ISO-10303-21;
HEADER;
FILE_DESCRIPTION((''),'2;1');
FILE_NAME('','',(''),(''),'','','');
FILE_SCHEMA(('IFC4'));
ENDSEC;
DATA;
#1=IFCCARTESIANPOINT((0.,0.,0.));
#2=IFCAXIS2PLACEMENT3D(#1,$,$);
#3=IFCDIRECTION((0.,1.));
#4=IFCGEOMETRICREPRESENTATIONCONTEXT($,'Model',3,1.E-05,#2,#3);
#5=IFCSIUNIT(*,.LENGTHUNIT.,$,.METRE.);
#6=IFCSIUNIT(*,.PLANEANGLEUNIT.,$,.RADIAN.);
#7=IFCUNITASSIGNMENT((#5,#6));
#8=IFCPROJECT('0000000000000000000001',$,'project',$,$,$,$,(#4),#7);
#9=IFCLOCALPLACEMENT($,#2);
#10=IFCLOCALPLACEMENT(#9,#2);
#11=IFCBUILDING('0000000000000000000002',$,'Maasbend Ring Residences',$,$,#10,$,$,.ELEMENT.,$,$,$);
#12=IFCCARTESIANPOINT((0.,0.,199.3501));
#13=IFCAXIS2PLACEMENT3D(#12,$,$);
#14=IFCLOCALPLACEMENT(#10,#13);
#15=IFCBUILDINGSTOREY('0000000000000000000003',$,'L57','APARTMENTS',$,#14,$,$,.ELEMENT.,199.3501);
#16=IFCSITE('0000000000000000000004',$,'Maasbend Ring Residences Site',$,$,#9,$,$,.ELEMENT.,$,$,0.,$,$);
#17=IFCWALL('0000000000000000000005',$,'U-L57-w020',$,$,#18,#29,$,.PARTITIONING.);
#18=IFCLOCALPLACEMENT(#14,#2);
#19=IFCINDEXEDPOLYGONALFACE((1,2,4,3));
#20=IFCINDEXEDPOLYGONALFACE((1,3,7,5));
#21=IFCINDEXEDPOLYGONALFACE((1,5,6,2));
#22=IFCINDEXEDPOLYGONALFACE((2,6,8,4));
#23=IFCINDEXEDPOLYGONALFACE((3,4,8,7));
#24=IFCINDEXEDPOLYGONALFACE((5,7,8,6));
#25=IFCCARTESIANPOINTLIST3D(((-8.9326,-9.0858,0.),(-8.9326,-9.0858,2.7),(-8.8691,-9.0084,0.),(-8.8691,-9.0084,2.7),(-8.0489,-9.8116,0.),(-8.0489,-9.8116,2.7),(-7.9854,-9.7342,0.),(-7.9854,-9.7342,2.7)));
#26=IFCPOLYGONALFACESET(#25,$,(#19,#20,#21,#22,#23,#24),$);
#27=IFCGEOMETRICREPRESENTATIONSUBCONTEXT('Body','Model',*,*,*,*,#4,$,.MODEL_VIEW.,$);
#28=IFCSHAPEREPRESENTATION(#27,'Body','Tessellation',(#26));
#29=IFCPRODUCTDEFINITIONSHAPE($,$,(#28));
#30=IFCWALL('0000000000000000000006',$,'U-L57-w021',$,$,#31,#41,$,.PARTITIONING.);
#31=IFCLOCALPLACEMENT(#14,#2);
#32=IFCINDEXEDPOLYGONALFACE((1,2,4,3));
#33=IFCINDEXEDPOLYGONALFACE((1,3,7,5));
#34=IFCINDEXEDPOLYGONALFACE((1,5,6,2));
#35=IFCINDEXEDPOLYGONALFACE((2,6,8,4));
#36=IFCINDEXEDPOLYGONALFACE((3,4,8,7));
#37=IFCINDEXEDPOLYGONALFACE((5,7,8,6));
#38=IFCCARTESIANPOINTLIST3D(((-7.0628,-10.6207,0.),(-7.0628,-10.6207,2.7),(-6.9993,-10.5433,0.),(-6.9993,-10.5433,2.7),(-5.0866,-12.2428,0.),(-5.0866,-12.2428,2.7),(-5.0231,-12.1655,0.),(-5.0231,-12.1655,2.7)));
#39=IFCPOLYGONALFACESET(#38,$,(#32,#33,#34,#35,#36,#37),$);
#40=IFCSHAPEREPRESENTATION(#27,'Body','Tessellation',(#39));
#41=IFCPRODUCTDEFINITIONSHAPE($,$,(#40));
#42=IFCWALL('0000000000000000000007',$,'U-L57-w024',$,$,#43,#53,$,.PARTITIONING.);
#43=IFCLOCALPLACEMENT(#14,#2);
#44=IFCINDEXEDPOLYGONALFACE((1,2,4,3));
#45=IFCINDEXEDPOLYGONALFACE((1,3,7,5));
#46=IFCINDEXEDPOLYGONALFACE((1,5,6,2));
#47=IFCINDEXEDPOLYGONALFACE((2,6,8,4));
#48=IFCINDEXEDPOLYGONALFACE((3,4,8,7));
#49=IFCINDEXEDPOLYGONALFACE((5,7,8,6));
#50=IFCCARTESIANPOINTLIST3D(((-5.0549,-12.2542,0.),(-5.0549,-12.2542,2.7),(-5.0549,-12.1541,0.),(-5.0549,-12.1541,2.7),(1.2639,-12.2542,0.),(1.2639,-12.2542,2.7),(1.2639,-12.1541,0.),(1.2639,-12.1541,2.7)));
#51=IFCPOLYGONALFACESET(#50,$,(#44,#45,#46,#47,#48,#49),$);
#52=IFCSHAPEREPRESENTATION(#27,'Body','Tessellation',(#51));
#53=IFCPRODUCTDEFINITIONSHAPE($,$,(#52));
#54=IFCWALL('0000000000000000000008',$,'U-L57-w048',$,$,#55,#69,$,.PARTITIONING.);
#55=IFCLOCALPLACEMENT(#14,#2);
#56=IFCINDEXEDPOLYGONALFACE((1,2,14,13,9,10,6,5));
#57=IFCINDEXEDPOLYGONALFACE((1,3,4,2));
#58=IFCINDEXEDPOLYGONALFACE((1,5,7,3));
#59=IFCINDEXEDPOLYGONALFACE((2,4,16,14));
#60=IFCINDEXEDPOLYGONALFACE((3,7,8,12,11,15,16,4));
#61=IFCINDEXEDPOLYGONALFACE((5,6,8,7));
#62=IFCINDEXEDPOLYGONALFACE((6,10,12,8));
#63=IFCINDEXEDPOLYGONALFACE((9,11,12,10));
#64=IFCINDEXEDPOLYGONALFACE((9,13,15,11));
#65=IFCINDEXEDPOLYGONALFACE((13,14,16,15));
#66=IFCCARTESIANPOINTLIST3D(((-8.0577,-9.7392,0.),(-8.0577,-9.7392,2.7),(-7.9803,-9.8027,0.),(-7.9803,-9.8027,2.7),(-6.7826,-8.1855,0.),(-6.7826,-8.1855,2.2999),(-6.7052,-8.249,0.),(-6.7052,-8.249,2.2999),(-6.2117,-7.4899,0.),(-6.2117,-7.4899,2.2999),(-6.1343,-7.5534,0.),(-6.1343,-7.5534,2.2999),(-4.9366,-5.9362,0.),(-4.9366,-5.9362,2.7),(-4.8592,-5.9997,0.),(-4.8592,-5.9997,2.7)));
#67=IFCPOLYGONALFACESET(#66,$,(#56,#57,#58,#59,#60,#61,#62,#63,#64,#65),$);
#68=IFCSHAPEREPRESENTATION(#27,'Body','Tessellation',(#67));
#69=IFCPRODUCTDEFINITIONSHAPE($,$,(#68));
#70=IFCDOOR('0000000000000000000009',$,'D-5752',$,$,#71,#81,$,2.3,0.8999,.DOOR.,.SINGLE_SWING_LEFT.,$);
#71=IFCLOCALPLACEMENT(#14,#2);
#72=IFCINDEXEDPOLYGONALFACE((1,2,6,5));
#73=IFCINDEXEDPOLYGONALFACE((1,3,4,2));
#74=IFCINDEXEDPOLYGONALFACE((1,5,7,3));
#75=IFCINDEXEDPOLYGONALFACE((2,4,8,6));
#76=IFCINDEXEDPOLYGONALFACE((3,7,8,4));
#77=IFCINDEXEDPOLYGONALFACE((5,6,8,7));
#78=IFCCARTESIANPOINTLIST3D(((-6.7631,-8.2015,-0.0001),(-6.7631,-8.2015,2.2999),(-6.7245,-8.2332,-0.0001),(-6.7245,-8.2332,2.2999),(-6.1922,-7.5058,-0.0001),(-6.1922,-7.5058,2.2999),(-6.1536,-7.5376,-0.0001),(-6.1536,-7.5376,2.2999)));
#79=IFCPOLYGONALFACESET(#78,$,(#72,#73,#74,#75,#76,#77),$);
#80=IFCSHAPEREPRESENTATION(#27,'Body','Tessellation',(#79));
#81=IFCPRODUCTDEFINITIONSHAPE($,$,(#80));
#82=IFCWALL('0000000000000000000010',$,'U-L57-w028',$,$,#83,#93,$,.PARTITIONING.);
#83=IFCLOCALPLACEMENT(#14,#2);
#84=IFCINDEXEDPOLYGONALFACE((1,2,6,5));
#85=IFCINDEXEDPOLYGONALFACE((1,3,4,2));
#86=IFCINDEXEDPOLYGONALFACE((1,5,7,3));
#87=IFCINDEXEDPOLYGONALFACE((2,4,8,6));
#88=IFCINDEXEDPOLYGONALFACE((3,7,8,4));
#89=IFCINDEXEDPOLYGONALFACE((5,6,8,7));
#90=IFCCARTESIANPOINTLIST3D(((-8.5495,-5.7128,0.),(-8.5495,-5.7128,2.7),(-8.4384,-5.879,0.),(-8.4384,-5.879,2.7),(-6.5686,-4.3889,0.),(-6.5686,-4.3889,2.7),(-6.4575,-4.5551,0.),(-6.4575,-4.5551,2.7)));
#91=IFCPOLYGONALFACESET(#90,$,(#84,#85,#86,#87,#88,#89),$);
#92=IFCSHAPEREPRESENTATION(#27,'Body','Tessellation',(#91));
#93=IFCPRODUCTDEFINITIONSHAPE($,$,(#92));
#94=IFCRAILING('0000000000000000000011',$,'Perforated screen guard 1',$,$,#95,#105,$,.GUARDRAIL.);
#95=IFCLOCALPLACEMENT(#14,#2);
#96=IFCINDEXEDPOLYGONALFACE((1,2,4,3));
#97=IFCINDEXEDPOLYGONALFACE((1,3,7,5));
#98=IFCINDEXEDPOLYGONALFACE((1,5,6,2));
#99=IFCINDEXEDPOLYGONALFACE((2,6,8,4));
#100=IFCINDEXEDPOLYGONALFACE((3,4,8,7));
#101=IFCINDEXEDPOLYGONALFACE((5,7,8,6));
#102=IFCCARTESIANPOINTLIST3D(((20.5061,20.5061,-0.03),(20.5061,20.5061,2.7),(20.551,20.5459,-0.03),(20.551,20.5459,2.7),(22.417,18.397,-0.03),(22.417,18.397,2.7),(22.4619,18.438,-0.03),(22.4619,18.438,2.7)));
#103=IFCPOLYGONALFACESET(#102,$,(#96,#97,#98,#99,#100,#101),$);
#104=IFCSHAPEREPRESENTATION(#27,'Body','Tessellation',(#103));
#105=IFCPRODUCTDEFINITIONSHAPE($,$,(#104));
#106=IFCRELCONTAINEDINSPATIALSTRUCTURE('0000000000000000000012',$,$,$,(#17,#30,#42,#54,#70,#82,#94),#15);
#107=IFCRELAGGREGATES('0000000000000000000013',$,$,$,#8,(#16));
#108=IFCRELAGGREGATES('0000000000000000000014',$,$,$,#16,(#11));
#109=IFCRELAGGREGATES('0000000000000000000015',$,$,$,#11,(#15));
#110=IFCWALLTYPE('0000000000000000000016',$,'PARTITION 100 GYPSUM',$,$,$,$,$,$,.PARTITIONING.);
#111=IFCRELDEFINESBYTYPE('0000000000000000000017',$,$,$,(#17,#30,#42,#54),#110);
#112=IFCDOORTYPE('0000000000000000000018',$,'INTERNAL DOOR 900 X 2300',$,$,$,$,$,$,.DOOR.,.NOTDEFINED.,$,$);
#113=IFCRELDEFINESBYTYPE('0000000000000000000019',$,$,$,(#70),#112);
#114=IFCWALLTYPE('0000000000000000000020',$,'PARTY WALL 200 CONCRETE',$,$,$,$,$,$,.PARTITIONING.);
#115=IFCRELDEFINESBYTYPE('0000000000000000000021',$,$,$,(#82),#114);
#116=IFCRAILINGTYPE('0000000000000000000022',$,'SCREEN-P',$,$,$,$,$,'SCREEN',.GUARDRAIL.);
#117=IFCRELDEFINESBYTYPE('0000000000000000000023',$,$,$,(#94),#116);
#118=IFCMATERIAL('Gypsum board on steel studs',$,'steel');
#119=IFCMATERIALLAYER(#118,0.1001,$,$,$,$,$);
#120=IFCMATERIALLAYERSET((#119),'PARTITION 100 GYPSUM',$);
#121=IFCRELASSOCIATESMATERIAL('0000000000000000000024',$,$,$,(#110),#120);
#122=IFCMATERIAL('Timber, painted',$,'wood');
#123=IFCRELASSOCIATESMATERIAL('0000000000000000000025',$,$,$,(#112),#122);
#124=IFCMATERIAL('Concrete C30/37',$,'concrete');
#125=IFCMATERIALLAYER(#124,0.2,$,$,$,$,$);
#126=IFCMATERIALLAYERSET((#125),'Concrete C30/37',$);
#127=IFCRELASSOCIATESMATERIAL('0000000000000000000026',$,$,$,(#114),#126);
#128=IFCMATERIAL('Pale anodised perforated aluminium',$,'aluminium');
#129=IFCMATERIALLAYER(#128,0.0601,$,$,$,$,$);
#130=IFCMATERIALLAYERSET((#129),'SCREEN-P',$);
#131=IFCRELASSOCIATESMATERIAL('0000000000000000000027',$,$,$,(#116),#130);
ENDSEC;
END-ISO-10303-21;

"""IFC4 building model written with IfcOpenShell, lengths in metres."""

from ifc_helpers import new_model, si_unit, direction, frame, frame_2d, origin, place, context, subcontext, project, spatial, polyline, rectangle, outline, extrude, material, layer, layer_set, type_object, element, fill, save


model = new_model("IFC4")

# Units and contexts
model_context = context("Model", 3, precision=1e-05, world=origin(), true_north=direction((0.0, 1.0)))
body_context = subcontext(model_context, "Body", "Model", "MODEL_VIEW")
ifc_project = project(units=[si_unit("LENGTHUNIT", "METRE"), si_unit("PLANEANGLEUNIT", "RADIAN")], contexts=[model_context])

# Site, building, storey
site_placement = place(None, origin())
site = spatial("IfcSite", under=ifc_project, at=site_placement, Name="Maasbend Ring Residences Site", CompositionType="ELEMENT", RefElevation=0.0)
building_placement = place(site_placement, origin())
building = spatial("IfcBuilding", under=site, at=building_placement, Name="Maasbend Ring Residences", CompositionType="ELEMENT")
storey_placement = place(building_placement, frame((0.0, 0.0, 199.3501)))
storey = spatial("IfcBuildingStorey", under=building, at=storey_placement, Name="L57", Description="APARTMENTS", CompositionType="ELEMENT", Elevation=199.3501)

# Walls
ifc_material_1 = material(Name="Gypsum board on steel studs", Category="steel")
ifc_layer_1 = layer(ifc_material_1, 0.1001)
ifc_layer_set_1 = layer_set([ifc_layer_1], Name="PARTITION 100 GYPSUM")
wall_type_1 = type_object("IfcWallType", Name="PARTITION 100 GYPSUM", PredefinedType="PARTITIONING", material=ifc_layer_set_1)
wall_1_placement = place(storey_placement, frame((-8.9009, -9.0471, 0.0), z_axis=(0.0, 0.0, 1.0), x_axis=(0.772786, -0.634667, 0.0)))
element("IfcWall", 1, at=wall_1_placement, inside=storey, type_object=wall_type_1, Name="U-L57-w020", PredefinedType="PARTITIONING", context=body_context, shape_type="SweptSolid", body=[
    extrude(rectangle(XDim=1.1436, YDim=0.1001, at=frame_2d((0.5718, 0.0))), origin(), (0.0, 0.0, 1.0), 2.7),
])
wall_2_placement = place(storey_placement, frame((-7.031, -10.582, 0.0), z_axis=(0.0, 0.0, 1.0), x_axis=(0.772944, -0.634475, 0.0)))
element("IfcWall", 2, at=wall_2_placement, inside=storey, type_object=wall_type_1, Name="U-L57-w021", PredefinedType="PARTITIONING", context=body_context, shape_type="SweptSolid", body=[
    extrude(rectangle(XDim=2.5566, YDim=0.1001, at=frame_2d((1.2783, 0.0))), origin(), (0.0, 0.0, 1.0), 2.7),
])
wall_3_placement = place(storey_placement, frame((-5.0549, -12.2041, 0.0), z_axis=(0.0, 0.0, 1.0), x_axis=(1.0, 0.0, 0.0)))
element("IfcWall", 3, at=wall_3_placement, inside=storey, type_object=wall_type_1, Name="U-L57-w024", PredefinedType="PARTITIONING", context=body_context, shape_type="SweptSolid", body=[
    extrude(rectangle(XDim=6.3188, YDim=0.1001, at=frame_2d((3.1594, 0.0))), origin(), (0.0, 0.0, 1.0), 2.7),
])

# Wall, opening, door
wall_4_placement = place(storey_placement, frame((-8.019, -9.771, 0.0), z_axis=(0.0, 0.0, 1.0), x_axis=(0.634402, 0.773003, 0.0)))
wall_4 = element("IfcWall", 4, at=wall_4_placement, inside=storey, type_object=wall_type_1, Name="U-L57-w048", PredefinedType="PARTITIONING", context=body_context, shape_type="SweptSolid", body=[
    extrude(rectangle(XDim=4.9197, YDim=0.1001, at=frame_2d((2.46, 0.0))), origin(), (0.0, 0.0, 1.0), 2.7),
])
opening_placement = place(wall_4_placement, frame((2.01, 0.0, 0.0)))
opening = element("IfcOpeningElement", 5, at=opening_placement, cuts=wall_4, PredefinedType="OPENING", context=body_context, shape_type="SweptSolid", body=[
    extrude(rectangle(XDim=0.8999, YDim=2.3, at=frame_2d((0.45, 1.1499))), frame((0.0, 0.0601, 0.0), z_axis=(0.0, -1.0, 0.0), x_axis=(1.0, 0.0, 0.0)), (0.0, 0.0, 1.0), 0.1201),
])
ifc_material_2 = material(Name="Timber, painted", Category="wood")
door_type = type_object("IfcDoorType", Name="INTERNAL DOOR 900 X 2300", OperationType="NOTDEFINED", PredefinedType="DOOR", material=ifc_material_2)
door_placement = place(opening_placement, origin())
door = element("IfcDoor", 6, at=door_placement, inside=storey, type_object=door_type, Name="D-5752", OperationType="SINGLE_SWING_LEFT", OverallHeight=2.3, OverallWidth=0.8999, PredefinedType="DOOR", context=body_context, shape_type="SweptSolid", body=[
    extrude(rectangle(XDim=0.8999, YDim=2.3, at=frame_2d((0.45, 1.1499))), frame((0.0, 0.0249, 0.0), z_axis=(0.0, -1.0, 0.0), x_axis=(1.0, 0.0, 0.0)), (0.0, 0.0, 1.0), 0.05),
])
fill(opening, door)

# Wall
ifc_material_3 = material(Name="Concrete C30/37", Category="concrete")
ifc_layer_2 = layer(ifc_material_3, 0.2)
ifc_layer_set_2 = layer_set([ifc_layer_2], Name="Concrete C30/37")
wall_type_2 = type_object("IfcWallType", Name="PARTY WALL 200 CONCRETE", PredefinedType="PARTITIONING", material=ifc_layer_set_2)
wall_5_placement = place(storey_placement, frame((-6.5129, -4.4719, 0.0), z_axis=(0.0, 0.0, 1.0), x_axis=(-0.831403, -0.555669, 0.0)))
element("IfcWall", 7, at=wall_5_placement, inside=storey, type_object=wall_type_2, Name="U-L57-w028", PredefinedType="PARTITIONING", context=body_context, shape_type="SweptSolid", body=[
    extrude(rectangle(XDim=2.3826, YDim=0.2, at=frame_2d((1.1914, 0.0))), origin(), (0.0, 0.0, 1.0), 2.7),
])

# Railing
ifc_material_4 = material(Name="Pale anodised perforated aluminium", Category="aluminium")
ifc_layer_3 = layer(ifc_material_4, 0.0601)
ifc_layer_set_3 = layer_set([ifc_layer_3], Name="SCREEN-P")
railing_type = type_object("IfcRailingType", Name="SCREEN-P", ElementType="SCREEN", PredefinedType="GUARDRAIL", material=ifc_layer_set_3)
railing_placement = place(storey_placement, frame((0.0, 0.0, -0.03)))
element("IfcRailing", 8, at=railing_placement, inside=storey, type_object=railing_type, Name="Perforated screen guard 1", PredefinedType="GUARDRAIL", context=body_context, shape_type="SweptSolid", body=[
    extrude(outline(polyline([(22.417, 18.397), (20.5061, 20.5061), (20.551, 20.5459), (22.4619, 18.438), (22.417, 18.397)])), origin(), (0.0, 0.0, 1.0), 2.73),
])

save(model, "model.ifc")
